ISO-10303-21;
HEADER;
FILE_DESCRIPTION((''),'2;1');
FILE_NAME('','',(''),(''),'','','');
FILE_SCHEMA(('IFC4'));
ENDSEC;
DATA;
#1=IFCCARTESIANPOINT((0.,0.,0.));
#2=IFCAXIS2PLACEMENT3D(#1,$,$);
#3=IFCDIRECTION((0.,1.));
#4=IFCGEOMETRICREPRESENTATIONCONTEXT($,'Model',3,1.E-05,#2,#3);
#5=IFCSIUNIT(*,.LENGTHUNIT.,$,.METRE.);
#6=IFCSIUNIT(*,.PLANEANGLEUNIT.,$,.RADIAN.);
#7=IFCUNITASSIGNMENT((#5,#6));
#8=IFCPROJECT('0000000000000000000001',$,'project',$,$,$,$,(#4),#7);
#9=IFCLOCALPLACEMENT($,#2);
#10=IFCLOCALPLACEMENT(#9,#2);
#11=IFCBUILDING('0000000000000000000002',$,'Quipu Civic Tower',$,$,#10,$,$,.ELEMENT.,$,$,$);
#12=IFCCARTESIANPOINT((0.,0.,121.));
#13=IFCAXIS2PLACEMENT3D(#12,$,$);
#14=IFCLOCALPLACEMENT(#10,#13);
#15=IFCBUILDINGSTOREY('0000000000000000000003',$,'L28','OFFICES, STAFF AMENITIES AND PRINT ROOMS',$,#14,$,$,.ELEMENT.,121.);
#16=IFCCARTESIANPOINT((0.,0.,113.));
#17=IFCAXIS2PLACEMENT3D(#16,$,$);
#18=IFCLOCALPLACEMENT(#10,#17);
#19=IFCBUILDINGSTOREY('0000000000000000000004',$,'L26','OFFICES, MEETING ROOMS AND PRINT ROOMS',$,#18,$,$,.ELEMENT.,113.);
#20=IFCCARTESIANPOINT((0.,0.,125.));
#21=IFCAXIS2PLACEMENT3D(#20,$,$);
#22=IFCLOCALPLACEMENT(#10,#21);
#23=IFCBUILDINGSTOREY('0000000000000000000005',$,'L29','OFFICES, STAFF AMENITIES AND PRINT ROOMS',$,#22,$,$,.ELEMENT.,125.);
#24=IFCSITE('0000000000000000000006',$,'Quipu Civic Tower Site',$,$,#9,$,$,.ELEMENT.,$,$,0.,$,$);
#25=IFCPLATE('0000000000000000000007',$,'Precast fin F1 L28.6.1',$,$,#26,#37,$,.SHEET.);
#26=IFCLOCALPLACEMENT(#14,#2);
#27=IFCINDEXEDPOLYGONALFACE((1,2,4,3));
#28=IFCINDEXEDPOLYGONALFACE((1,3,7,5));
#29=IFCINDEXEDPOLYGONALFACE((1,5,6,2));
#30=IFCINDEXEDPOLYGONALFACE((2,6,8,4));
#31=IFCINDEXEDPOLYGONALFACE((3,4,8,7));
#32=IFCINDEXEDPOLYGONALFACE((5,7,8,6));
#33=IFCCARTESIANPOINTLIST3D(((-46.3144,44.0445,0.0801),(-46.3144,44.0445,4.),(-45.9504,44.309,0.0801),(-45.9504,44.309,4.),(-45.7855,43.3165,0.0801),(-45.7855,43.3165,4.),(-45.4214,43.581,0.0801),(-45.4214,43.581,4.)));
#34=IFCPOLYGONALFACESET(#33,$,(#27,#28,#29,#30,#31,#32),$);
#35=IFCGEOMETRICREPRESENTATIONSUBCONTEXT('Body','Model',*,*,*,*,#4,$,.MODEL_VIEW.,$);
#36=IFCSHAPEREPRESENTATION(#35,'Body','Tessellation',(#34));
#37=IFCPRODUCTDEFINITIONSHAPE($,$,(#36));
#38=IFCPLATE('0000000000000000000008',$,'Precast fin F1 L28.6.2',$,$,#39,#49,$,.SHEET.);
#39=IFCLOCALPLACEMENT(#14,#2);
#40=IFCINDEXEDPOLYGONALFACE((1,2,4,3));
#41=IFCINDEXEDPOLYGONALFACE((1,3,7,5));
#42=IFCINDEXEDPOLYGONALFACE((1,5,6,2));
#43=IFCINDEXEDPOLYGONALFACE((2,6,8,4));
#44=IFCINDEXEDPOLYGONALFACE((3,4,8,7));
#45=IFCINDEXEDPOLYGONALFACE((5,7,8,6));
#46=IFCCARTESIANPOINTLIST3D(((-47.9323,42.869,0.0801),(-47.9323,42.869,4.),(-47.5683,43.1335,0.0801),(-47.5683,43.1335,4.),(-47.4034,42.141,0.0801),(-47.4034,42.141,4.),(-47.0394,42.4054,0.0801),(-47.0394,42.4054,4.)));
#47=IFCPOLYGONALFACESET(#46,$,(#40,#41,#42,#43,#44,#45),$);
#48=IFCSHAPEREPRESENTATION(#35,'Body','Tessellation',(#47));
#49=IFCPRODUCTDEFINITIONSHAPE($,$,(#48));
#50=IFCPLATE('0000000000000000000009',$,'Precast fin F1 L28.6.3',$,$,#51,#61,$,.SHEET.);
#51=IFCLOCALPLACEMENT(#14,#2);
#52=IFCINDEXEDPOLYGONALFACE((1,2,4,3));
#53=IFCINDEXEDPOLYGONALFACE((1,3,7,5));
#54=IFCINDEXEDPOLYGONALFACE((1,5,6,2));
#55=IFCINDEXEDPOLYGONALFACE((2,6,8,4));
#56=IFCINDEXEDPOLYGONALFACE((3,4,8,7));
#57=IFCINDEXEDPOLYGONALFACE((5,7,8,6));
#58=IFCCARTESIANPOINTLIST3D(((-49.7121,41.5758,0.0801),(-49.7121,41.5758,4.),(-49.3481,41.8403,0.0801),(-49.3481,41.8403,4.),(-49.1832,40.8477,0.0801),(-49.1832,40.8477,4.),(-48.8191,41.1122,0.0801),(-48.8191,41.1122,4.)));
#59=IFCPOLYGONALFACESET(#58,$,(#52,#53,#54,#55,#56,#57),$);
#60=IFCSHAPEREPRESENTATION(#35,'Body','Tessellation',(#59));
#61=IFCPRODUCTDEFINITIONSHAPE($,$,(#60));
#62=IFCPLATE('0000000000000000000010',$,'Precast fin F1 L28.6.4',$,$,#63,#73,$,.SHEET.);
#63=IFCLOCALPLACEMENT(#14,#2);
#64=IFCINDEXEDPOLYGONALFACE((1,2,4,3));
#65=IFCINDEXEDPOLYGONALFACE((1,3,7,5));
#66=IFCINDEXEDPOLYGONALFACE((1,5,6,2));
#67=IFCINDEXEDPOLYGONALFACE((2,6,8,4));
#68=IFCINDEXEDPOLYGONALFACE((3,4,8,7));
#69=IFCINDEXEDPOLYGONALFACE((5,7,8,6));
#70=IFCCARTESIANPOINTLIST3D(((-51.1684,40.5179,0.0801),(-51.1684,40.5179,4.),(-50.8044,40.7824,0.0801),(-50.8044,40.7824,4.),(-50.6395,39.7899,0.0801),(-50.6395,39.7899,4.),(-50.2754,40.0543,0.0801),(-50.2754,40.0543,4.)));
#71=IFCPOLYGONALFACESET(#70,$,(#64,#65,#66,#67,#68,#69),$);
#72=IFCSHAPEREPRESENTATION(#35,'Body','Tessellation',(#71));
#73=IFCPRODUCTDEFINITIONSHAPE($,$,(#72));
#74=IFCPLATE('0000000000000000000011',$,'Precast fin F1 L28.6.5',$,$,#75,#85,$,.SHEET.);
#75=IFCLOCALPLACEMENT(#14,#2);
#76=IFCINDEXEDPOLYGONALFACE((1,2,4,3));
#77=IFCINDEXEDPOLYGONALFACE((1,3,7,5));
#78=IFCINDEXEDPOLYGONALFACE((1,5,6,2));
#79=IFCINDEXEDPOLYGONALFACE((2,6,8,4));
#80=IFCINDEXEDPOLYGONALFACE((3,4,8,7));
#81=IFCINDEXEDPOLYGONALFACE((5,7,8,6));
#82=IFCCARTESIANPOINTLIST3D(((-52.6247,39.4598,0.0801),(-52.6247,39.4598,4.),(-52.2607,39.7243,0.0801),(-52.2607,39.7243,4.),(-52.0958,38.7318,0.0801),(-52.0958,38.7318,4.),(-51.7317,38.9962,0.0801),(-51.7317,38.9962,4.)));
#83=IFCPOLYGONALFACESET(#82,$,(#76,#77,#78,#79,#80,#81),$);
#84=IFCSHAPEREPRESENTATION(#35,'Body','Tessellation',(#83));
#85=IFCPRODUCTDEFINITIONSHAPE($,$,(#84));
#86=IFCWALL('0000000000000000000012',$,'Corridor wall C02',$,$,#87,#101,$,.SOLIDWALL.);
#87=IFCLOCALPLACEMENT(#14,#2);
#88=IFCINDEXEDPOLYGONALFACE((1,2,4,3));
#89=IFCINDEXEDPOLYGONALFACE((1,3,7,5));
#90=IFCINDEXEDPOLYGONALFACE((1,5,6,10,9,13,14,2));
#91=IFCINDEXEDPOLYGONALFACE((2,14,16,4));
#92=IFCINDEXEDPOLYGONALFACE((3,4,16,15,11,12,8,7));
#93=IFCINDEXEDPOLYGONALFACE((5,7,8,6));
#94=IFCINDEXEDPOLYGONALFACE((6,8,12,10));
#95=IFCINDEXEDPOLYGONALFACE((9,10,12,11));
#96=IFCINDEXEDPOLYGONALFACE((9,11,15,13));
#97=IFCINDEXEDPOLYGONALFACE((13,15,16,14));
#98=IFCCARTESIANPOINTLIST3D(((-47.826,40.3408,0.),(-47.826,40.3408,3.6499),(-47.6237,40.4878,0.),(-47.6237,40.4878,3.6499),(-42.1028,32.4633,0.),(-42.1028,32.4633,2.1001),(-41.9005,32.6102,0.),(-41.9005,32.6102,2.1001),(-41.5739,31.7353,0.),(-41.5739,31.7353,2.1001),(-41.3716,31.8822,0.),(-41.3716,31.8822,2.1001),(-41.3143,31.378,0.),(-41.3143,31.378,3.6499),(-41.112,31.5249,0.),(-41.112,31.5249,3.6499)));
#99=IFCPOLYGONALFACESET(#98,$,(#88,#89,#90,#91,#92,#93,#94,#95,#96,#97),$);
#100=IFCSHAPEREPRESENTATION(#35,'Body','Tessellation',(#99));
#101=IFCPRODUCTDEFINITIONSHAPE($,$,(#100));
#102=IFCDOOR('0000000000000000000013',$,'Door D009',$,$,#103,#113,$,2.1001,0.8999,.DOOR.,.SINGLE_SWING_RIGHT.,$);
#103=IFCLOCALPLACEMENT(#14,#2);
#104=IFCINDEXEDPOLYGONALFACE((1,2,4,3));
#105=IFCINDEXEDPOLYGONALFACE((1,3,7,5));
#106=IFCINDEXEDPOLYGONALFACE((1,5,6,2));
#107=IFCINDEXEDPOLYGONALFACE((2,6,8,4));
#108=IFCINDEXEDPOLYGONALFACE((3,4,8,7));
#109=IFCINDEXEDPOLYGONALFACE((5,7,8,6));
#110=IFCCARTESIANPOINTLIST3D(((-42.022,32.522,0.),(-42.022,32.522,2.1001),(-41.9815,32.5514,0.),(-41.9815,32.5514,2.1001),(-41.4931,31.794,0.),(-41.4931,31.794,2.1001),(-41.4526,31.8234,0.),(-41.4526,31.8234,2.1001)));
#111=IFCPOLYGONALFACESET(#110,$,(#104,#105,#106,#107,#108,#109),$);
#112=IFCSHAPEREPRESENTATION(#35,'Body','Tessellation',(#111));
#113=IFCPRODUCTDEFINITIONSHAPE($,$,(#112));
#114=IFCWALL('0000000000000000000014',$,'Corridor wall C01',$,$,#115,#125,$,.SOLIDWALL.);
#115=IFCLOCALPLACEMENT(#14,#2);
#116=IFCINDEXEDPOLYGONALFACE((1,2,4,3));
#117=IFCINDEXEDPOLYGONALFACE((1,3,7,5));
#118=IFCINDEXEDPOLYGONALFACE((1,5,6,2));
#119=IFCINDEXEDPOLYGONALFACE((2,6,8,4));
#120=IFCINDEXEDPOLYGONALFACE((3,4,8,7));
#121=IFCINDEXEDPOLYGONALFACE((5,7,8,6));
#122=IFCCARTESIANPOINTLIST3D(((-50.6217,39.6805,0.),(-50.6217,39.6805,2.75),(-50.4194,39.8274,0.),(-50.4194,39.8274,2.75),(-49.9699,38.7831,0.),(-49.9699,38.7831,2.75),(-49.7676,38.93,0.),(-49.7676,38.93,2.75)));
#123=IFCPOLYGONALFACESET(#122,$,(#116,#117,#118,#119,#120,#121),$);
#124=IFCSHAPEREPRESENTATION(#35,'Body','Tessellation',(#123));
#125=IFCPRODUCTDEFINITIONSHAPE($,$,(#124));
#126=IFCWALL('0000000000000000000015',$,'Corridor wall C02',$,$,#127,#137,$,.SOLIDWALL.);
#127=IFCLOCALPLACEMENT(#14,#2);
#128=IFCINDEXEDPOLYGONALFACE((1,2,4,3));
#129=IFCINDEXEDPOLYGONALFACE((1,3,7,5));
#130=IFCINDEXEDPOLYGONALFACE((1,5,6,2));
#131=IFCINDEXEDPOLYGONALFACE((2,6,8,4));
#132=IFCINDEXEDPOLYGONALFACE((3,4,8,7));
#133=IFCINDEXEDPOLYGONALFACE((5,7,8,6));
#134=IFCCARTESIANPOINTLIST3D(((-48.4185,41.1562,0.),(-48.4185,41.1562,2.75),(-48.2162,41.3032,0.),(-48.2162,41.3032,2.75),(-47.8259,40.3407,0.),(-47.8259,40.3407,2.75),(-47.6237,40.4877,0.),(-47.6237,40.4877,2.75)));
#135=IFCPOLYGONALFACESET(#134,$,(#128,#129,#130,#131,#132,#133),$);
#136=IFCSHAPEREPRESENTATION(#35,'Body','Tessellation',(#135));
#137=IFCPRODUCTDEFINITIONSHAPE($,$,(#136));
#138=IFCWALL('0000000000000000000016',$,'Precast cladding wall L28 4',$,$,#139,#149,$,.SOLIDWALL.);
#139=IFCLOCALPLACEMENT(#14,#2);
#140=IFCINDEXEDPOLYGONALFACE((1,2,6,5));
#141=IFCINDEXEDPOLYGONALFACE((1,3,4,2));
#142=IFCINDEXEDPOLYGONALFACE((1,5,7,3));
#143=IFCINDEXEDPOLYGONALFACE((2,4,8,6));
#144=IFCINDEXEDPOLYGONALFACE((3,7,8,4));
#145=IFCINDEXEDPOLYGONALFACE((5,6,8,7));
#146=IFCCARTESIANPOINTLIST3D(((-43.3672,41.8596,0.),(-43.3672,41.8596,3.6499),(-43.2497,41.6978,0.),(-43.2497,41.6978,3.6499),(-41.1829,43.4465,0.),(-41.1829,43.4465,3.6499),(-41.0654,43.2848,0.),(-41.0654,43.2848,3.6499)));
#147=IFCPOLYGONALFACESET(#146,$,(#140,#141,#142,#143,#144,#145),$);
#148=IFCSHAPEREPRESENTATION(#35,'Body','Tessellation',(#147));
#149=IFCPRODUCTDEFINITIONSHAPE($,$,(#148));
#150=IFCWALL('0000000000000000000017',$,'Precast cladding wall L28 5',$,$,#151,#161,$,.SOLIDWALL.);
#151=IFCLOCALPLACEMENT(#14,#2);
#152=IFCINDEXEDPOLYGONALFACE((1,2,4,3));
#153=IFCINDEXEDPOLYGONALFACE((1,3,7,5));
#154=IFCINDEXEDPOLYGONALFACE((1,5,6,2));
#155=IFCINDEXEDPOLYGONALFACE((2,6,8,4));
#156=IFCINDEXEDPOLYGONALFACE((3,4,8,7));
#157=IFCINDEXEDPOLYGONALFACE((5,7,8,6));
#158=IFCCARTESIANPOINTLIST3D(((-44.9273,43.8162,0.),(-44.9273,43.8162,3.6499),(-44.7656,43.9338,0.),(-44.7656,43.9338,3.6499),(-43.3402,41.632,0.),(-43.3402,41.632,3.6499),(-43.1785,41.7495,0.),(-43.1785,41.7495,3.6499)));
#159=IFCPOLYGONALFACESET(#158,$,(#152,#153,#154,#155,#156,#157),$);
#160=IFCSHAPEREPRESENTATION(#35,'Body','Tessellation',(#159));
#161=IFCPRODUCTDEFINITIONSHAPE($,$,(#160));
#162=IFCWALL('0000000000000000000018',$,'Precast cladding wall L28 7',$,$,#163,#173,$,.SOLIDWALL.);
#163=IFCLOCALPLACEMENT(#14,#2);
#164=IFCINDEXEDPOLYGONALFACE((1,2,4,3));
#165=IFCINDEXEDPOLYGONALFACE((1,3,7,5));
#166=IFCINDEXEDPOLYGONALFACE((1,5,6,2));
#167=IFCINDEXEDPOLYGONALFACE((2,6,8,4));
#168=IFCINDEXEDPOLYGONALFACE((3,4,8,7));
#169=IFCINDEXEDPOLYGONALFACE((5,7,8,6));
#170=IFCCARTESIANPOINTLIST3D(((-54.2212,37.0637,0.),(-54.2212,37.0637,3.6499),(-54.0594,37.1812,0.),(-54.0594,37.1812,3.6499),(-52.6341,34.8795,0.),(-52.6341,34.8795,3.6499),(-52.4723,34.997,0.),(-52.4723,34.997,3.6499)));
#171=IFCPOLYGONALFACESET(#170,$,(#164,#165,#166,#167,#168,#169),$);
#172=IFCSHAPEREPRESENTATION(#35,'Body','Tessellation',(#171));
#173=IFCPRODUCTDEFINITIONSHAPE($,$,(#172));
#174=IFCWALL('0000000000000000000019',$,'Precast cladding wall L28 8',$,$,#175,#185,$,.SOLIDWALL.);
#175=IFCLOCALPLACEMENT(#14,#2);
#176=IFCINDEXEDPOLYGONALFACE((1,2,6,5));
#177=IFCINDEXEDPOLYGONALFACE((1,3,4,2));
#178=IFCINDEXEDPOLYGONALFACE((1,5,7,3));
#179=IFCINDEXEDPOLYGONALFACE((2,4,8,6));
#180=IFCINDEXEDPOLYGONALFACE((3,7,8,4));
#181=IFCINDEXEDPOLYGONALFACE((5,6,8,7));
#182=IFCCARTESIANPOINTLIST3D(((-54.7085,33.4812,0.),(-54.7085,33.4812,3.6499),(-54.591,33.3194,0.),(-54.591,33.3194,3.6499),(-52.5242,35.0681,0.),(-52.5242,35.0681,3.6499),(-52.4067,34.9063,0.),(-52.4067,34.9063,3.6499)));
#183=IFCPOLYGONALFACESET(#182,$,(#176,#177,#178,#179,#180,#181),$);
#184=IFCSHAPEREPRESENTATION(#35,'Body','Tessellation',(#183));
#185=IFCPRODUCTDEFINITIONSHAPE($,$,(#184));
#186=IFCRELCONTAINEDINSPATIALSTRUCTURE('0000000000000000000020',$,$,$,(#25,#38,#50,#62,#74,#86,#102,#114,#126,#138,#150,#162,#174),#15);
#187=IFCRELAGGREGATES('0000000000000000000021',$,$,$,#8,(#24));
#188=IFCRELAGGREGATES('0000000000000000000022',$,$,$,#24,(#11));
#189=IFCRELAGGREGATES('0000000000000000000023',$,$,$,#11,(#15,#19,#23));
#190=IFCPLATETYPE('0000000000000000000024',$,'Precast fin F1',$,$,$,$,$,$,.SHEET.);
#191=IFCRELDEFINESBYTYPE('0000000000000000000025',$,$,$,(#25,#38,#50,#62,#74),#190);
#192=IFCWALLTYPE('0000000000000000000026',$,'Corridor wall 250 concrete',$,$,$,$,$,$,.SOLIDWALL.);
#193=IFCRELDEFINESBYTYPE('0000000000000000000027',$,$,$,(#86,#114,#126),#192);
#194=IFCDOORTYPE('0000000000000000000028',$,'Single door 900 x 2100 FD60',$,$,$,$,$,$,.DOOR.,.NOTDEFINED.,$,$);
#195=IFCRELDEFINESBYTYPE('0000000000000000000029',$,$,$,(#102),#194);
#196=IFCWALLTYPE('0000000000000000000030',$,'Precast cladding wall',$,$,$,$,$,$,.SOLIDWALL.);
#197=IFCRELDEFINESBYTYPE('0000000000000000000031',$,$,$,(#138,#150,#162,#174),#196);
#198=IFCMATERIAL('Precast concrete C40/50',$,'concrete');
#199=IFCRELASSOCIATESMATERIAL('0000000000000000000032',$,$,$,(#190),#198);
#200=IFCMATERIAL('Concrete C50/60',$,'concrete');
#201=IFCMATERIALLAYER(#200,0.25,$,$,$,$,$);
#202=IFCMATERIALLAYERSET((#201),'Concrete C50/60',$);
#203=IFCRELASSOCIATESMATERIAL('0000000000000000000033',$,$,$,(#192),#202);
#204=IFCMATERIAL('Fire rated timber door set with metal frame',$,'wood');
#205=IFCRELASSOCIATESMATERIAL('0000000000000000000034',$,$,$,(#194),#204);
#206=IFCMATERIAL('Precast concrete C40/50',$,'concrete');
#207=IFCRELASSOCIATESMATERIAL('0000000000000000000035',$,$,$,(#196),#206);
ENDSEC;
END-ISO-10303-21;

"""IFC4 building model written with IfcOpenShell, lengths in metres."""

from ifc_helpers import new_model, si_unit, direction, frame, frame_2d, origin, origin_2d, place, context, subcontext, project, spatial, rectangle, extrude, material, layer, layer_set, type_object, element, fill, save


model = new_model("IFC4")

# Units and contexts
model_context = context("Model", 3, precision=1e-05, world=origin(), true_north=direction((0.0, 1.0)))
body_context = subcontext(model_context, "Body", "Model", "MODEL_VIEW")
ifc_project = project(units=[si_unit("LENGTHUNIT", "METRE"), si_unit("PLANEANGLEUNIT", "RADIAN")], contexts=[model_context])

# Site, building, storey
site_placement = place(None, origin())
site = spatial("IfcSite", under=ifc_project, at=site_placement, Name="Quipu Civic Tower Site", CompositionType="ELEMENT", RefElevation=0.0)
building_placement = place(site_placement, origin())
building = spatial("IfcBuilding", under=site, at=building_placement, Name="Quipu Civic Tower", CompositionType="ELEMENT")
storey_1_placement = place(building_placement, frame((0.0, 0.0, 121.0)))
storey_1 = spatial("IfcBuildingStorey", under=building, at=storey_1_placement, Name="L28", Description="OFFICES, STAFF AMENITIES AND PRINT ROOMS", CompositionType="ELEMENT", Elevation=121.0)

# Shared definitions
storey_2_placement = place(building_placement, frame((0.0, 0.0, 113.0)))
storey_2 = spatial("IfcBuildingStorey", under=building, at=storey_2_placement, Name="L26", Description="OFFICES, MEETING ROOMS AND PRINT ROOMS", CompositionType="ELEMENT", Elevation=113.0)

# Shared definitions
storey_3_placement = place(building_placement, frame((0.0, 0.0, 125.0)))
storey_3 = spatial("IfcBuildingStorey", under=building, at=storey_3_placement, Name="L29", Description="OFFICES, STAFF AMENITIES AND PRINT ROOMS", CompositionType="ELEMENT", Elevation=125.0)

# Plates
ifc_material_1 = material(Name="Precast concrete C40/50", Category="concrete")
plate_type_1 = type_object("IfcPlateType", Name="Precast fin F1", PredefinedType="SHEET", material=ifc_material_1)
for number, where, z_axis, x_axis, name in (
    (1, (-45.8679, 43.8127, 0.0801), (0.0, 0.0, 1.0), (-0.809021, -0.587779, 0.0), "Precast fin F1 L28.6.1"),
    (2, (-47.4858, 42.6372, 0.0801), (0.0, 0.0, 1.0), (-0.809021, -0.587779, 0.0), "Precast fin F1 L28.6.2"),
    (3, (-49.2656, 41.344, 0.0801), (0.0, 0.0, 1.0), (-0.809021, -0.587779, 0.0), "Precast fin F1 L28.6.3"),
    (4, (-50.7219, 40.2861, 0.0801), (0.0, 0.0, 1.0), (-0.809021, -0.587779, 0.0), "Precast fin F1 L28.6.4"),
    (5, (-52.1782, 39.228, 0.0801), (0.0, 0.0, 1.0), (-0.809021, -0.587779, 0.0), "Precast fin F1 L28.6.5"),
):
    element("IfcPlate", number, at=place(storey_1_placement, frame(where, z_axis=z_axis, x_axis=x_axis)), inside=storey_1, type_object=plate_type_1, Name=name, PredefinedType="SHEET", context=body_context, shape_type="SweptSolid", body=[
        extrude(rectangle(XDim=0.45, YDim=0.8999, at=origin_2d()), origin(), (0.0, 0.0, 1.0), 3.9199),
    ])

# Wall, opening, door
ifc_material_2 = material(Name="Concrete C50/60", Category="concrete")
ifc_layer_1 = layer(ifc_material_2, 0.25)
ifc_layer_set_1 = layer_set([ifc_layer_1], Name="Concrete C50/60")
wall_type_1 = type_object("IfcWallType", Name="Corridor wall 250 concrete", PredefinedType="SOLIDWALL", material=ifc_layer_set_1)
wall_1_placement = place(storey_1_placement, frame((-47.7249, 40.4143, 0.0), z_axis=(0.0, 0.0, 1.0), x_axis=(0.587773, -0.809026, 0.0)))
wall_1 = element("IfcWall", 6, at=wall_1_placement, inside=storey_1, type_object=wall_type_1, Name="Corridor wall C02", PredefinedType="SOLIDWALL", context=body_context, shape_type="SweptSolid", body=[
    extrude(rectangle(XDim=11.0786, YDim=0.25, at=frame_2d((5.5393, 0.0))), origin(), (0.0, 0.0, 1.0), 3.6499),
])
opening_placement = place(wall_1_placement, frame((9.7371, 0.0, 0.0)))
opening = element("IfcOpeningElement", 7, at=opening_placement, cuts=wall_1, PredefinedType="OPENING", context=body_context, shape_type="SweptSolid", body=[
    extrude(rectangle(XDim=0.8999, YDim=2.1001, at=frame_2d((0.45, 1.05))), frame((0.0, 0.135, 0.0), z_axis=(0.0, -1.0, 0.0), x_axis=(1.0, 0.0, 0.0)), (0.0, 0.0, 1.0), 0.27),
])
ifc_material_3 = material(Name="Fire rated timber door set with metal frame", Category="wood")
door_type = type_object("IfcDoorType", Name="Single door 900 x 2100 FD60", OperationType="NOTDEFINED", PredefinedType="DOOR", material=ifc_material_3)
door_placement = place(opening_placement, origin())
door = element("IfcDoor", 8, at=door_placement, inside=storey_1, type_object=door_type, Name="Door D009", OperationType="SINGLE_SWING_RIGHT", OverallHeight=2.1001, OverallWidth=0.8999, PredefinedType="DOOR", context=body_context, shape_type="SweptSolid", body=[
    extrude(rectangle(XDim=0.8999, YDim=2.1001, at=frame_2d((0.45, 1.05))), frame((0.0, 0.0249, 0.0), z_axis=(0.0, -1.0, 0.0), x_axis=(1.0, 0.0, 0.0)), (0.0, 0.0, 1.0), 0.05),
])
fill(opening, door)

# Walls
wall_2_placement = place(storey_1_placement, frame((-49.8687, 38.8564, 0.0), z_axis=(0.0, 0.0, 1.0), x_axis=(-0.587674, 0.809098, 0.0)))
element("IfcWall", 9, at=wall_2_placement, inside=storey_1, type_object=wall_type_1, Name="Corridor wall C01", PredefinedType="SOLIDWALL", context=body_context, shape_type="SweptSolid", body=[
    extrude(rectangle(XDim=1.1091, YDim=0.25, at=frame_2d((0.5547, 0.0))), origin(), (0.0, 0.0, 1.0), 2.75),
])
wall_3_placement = place(storey_1_placement, frame((-47.7249, 40.4143, 0.0), z_axis=(0.0, 0.0, 1.0), x_axis=(-0.58784, 0.808977, 0.0)))
element("IfcWall", 10, at=wall_3_placement, inside=storey_1, type_object=wall_type_1, Name="Corridor wall C02", PredefinedType="SOLIDWALL", context=body_context, shape_type="SweptSolid", body=[
    extrude(rectangle(XDim=1.0081, YDim=0.25, at=frame_2d((0.5039, 0.0))), origin(), (0.0, 0.0, 1.0), 2.75),
])
ifc_material_4 = material(Name="Precast concrete C40/50", Category="concrete")
wall_type_2 = type_object("IfcWallType", Name="Precast cladding wall", PredefinedType="SOLIDWALL", material=ifc_material_4)
for number, where, z_axis, x_axis, name in (
    (11, (-41.124, 43.3657, 0.0), (0.0, 0.0, 1.0), (-0.809033, -0.587763, 0.0), "Precast cladding wall L28 4"),
    (12, (-43.2593, 41.6907, 0.0), (0.0, 0.0, 1.0), (-0.587822, 0.80899, 0.0), "Precast cladding wall L28 5"),
    (13, (-54.1404, 37.1226, 0.0), (0.0, 0.0, 1.0), (0.587822, -0.80899, 0.0), "Precast cladding wall L28 7"),
    (14, (-52.4653, 34.9873, 0.0), (0.0, 0.0, 1.0), (-0.809033, -0.587763, 0.0), "Precast cladding wall L28 8"),
):
    element("IfcWall", number, at=place(storey_1_placement, frame(where, z_axis=z_axis, x_axis=x_axis)), inside=storey_1, type_object=wall_type_2, Name=name, PredefinedType="SOLIDWALL", context=body_context, shape_type="SweptSolid", body=[
        extrude(rectangle(XDim=2.7, YDim=0.2, at=frame_2d((1.3501, 0.0))), origin(), (0.0, 0.0, 1.0), 3.6499),
    ])

save(model, "model.ifc")
